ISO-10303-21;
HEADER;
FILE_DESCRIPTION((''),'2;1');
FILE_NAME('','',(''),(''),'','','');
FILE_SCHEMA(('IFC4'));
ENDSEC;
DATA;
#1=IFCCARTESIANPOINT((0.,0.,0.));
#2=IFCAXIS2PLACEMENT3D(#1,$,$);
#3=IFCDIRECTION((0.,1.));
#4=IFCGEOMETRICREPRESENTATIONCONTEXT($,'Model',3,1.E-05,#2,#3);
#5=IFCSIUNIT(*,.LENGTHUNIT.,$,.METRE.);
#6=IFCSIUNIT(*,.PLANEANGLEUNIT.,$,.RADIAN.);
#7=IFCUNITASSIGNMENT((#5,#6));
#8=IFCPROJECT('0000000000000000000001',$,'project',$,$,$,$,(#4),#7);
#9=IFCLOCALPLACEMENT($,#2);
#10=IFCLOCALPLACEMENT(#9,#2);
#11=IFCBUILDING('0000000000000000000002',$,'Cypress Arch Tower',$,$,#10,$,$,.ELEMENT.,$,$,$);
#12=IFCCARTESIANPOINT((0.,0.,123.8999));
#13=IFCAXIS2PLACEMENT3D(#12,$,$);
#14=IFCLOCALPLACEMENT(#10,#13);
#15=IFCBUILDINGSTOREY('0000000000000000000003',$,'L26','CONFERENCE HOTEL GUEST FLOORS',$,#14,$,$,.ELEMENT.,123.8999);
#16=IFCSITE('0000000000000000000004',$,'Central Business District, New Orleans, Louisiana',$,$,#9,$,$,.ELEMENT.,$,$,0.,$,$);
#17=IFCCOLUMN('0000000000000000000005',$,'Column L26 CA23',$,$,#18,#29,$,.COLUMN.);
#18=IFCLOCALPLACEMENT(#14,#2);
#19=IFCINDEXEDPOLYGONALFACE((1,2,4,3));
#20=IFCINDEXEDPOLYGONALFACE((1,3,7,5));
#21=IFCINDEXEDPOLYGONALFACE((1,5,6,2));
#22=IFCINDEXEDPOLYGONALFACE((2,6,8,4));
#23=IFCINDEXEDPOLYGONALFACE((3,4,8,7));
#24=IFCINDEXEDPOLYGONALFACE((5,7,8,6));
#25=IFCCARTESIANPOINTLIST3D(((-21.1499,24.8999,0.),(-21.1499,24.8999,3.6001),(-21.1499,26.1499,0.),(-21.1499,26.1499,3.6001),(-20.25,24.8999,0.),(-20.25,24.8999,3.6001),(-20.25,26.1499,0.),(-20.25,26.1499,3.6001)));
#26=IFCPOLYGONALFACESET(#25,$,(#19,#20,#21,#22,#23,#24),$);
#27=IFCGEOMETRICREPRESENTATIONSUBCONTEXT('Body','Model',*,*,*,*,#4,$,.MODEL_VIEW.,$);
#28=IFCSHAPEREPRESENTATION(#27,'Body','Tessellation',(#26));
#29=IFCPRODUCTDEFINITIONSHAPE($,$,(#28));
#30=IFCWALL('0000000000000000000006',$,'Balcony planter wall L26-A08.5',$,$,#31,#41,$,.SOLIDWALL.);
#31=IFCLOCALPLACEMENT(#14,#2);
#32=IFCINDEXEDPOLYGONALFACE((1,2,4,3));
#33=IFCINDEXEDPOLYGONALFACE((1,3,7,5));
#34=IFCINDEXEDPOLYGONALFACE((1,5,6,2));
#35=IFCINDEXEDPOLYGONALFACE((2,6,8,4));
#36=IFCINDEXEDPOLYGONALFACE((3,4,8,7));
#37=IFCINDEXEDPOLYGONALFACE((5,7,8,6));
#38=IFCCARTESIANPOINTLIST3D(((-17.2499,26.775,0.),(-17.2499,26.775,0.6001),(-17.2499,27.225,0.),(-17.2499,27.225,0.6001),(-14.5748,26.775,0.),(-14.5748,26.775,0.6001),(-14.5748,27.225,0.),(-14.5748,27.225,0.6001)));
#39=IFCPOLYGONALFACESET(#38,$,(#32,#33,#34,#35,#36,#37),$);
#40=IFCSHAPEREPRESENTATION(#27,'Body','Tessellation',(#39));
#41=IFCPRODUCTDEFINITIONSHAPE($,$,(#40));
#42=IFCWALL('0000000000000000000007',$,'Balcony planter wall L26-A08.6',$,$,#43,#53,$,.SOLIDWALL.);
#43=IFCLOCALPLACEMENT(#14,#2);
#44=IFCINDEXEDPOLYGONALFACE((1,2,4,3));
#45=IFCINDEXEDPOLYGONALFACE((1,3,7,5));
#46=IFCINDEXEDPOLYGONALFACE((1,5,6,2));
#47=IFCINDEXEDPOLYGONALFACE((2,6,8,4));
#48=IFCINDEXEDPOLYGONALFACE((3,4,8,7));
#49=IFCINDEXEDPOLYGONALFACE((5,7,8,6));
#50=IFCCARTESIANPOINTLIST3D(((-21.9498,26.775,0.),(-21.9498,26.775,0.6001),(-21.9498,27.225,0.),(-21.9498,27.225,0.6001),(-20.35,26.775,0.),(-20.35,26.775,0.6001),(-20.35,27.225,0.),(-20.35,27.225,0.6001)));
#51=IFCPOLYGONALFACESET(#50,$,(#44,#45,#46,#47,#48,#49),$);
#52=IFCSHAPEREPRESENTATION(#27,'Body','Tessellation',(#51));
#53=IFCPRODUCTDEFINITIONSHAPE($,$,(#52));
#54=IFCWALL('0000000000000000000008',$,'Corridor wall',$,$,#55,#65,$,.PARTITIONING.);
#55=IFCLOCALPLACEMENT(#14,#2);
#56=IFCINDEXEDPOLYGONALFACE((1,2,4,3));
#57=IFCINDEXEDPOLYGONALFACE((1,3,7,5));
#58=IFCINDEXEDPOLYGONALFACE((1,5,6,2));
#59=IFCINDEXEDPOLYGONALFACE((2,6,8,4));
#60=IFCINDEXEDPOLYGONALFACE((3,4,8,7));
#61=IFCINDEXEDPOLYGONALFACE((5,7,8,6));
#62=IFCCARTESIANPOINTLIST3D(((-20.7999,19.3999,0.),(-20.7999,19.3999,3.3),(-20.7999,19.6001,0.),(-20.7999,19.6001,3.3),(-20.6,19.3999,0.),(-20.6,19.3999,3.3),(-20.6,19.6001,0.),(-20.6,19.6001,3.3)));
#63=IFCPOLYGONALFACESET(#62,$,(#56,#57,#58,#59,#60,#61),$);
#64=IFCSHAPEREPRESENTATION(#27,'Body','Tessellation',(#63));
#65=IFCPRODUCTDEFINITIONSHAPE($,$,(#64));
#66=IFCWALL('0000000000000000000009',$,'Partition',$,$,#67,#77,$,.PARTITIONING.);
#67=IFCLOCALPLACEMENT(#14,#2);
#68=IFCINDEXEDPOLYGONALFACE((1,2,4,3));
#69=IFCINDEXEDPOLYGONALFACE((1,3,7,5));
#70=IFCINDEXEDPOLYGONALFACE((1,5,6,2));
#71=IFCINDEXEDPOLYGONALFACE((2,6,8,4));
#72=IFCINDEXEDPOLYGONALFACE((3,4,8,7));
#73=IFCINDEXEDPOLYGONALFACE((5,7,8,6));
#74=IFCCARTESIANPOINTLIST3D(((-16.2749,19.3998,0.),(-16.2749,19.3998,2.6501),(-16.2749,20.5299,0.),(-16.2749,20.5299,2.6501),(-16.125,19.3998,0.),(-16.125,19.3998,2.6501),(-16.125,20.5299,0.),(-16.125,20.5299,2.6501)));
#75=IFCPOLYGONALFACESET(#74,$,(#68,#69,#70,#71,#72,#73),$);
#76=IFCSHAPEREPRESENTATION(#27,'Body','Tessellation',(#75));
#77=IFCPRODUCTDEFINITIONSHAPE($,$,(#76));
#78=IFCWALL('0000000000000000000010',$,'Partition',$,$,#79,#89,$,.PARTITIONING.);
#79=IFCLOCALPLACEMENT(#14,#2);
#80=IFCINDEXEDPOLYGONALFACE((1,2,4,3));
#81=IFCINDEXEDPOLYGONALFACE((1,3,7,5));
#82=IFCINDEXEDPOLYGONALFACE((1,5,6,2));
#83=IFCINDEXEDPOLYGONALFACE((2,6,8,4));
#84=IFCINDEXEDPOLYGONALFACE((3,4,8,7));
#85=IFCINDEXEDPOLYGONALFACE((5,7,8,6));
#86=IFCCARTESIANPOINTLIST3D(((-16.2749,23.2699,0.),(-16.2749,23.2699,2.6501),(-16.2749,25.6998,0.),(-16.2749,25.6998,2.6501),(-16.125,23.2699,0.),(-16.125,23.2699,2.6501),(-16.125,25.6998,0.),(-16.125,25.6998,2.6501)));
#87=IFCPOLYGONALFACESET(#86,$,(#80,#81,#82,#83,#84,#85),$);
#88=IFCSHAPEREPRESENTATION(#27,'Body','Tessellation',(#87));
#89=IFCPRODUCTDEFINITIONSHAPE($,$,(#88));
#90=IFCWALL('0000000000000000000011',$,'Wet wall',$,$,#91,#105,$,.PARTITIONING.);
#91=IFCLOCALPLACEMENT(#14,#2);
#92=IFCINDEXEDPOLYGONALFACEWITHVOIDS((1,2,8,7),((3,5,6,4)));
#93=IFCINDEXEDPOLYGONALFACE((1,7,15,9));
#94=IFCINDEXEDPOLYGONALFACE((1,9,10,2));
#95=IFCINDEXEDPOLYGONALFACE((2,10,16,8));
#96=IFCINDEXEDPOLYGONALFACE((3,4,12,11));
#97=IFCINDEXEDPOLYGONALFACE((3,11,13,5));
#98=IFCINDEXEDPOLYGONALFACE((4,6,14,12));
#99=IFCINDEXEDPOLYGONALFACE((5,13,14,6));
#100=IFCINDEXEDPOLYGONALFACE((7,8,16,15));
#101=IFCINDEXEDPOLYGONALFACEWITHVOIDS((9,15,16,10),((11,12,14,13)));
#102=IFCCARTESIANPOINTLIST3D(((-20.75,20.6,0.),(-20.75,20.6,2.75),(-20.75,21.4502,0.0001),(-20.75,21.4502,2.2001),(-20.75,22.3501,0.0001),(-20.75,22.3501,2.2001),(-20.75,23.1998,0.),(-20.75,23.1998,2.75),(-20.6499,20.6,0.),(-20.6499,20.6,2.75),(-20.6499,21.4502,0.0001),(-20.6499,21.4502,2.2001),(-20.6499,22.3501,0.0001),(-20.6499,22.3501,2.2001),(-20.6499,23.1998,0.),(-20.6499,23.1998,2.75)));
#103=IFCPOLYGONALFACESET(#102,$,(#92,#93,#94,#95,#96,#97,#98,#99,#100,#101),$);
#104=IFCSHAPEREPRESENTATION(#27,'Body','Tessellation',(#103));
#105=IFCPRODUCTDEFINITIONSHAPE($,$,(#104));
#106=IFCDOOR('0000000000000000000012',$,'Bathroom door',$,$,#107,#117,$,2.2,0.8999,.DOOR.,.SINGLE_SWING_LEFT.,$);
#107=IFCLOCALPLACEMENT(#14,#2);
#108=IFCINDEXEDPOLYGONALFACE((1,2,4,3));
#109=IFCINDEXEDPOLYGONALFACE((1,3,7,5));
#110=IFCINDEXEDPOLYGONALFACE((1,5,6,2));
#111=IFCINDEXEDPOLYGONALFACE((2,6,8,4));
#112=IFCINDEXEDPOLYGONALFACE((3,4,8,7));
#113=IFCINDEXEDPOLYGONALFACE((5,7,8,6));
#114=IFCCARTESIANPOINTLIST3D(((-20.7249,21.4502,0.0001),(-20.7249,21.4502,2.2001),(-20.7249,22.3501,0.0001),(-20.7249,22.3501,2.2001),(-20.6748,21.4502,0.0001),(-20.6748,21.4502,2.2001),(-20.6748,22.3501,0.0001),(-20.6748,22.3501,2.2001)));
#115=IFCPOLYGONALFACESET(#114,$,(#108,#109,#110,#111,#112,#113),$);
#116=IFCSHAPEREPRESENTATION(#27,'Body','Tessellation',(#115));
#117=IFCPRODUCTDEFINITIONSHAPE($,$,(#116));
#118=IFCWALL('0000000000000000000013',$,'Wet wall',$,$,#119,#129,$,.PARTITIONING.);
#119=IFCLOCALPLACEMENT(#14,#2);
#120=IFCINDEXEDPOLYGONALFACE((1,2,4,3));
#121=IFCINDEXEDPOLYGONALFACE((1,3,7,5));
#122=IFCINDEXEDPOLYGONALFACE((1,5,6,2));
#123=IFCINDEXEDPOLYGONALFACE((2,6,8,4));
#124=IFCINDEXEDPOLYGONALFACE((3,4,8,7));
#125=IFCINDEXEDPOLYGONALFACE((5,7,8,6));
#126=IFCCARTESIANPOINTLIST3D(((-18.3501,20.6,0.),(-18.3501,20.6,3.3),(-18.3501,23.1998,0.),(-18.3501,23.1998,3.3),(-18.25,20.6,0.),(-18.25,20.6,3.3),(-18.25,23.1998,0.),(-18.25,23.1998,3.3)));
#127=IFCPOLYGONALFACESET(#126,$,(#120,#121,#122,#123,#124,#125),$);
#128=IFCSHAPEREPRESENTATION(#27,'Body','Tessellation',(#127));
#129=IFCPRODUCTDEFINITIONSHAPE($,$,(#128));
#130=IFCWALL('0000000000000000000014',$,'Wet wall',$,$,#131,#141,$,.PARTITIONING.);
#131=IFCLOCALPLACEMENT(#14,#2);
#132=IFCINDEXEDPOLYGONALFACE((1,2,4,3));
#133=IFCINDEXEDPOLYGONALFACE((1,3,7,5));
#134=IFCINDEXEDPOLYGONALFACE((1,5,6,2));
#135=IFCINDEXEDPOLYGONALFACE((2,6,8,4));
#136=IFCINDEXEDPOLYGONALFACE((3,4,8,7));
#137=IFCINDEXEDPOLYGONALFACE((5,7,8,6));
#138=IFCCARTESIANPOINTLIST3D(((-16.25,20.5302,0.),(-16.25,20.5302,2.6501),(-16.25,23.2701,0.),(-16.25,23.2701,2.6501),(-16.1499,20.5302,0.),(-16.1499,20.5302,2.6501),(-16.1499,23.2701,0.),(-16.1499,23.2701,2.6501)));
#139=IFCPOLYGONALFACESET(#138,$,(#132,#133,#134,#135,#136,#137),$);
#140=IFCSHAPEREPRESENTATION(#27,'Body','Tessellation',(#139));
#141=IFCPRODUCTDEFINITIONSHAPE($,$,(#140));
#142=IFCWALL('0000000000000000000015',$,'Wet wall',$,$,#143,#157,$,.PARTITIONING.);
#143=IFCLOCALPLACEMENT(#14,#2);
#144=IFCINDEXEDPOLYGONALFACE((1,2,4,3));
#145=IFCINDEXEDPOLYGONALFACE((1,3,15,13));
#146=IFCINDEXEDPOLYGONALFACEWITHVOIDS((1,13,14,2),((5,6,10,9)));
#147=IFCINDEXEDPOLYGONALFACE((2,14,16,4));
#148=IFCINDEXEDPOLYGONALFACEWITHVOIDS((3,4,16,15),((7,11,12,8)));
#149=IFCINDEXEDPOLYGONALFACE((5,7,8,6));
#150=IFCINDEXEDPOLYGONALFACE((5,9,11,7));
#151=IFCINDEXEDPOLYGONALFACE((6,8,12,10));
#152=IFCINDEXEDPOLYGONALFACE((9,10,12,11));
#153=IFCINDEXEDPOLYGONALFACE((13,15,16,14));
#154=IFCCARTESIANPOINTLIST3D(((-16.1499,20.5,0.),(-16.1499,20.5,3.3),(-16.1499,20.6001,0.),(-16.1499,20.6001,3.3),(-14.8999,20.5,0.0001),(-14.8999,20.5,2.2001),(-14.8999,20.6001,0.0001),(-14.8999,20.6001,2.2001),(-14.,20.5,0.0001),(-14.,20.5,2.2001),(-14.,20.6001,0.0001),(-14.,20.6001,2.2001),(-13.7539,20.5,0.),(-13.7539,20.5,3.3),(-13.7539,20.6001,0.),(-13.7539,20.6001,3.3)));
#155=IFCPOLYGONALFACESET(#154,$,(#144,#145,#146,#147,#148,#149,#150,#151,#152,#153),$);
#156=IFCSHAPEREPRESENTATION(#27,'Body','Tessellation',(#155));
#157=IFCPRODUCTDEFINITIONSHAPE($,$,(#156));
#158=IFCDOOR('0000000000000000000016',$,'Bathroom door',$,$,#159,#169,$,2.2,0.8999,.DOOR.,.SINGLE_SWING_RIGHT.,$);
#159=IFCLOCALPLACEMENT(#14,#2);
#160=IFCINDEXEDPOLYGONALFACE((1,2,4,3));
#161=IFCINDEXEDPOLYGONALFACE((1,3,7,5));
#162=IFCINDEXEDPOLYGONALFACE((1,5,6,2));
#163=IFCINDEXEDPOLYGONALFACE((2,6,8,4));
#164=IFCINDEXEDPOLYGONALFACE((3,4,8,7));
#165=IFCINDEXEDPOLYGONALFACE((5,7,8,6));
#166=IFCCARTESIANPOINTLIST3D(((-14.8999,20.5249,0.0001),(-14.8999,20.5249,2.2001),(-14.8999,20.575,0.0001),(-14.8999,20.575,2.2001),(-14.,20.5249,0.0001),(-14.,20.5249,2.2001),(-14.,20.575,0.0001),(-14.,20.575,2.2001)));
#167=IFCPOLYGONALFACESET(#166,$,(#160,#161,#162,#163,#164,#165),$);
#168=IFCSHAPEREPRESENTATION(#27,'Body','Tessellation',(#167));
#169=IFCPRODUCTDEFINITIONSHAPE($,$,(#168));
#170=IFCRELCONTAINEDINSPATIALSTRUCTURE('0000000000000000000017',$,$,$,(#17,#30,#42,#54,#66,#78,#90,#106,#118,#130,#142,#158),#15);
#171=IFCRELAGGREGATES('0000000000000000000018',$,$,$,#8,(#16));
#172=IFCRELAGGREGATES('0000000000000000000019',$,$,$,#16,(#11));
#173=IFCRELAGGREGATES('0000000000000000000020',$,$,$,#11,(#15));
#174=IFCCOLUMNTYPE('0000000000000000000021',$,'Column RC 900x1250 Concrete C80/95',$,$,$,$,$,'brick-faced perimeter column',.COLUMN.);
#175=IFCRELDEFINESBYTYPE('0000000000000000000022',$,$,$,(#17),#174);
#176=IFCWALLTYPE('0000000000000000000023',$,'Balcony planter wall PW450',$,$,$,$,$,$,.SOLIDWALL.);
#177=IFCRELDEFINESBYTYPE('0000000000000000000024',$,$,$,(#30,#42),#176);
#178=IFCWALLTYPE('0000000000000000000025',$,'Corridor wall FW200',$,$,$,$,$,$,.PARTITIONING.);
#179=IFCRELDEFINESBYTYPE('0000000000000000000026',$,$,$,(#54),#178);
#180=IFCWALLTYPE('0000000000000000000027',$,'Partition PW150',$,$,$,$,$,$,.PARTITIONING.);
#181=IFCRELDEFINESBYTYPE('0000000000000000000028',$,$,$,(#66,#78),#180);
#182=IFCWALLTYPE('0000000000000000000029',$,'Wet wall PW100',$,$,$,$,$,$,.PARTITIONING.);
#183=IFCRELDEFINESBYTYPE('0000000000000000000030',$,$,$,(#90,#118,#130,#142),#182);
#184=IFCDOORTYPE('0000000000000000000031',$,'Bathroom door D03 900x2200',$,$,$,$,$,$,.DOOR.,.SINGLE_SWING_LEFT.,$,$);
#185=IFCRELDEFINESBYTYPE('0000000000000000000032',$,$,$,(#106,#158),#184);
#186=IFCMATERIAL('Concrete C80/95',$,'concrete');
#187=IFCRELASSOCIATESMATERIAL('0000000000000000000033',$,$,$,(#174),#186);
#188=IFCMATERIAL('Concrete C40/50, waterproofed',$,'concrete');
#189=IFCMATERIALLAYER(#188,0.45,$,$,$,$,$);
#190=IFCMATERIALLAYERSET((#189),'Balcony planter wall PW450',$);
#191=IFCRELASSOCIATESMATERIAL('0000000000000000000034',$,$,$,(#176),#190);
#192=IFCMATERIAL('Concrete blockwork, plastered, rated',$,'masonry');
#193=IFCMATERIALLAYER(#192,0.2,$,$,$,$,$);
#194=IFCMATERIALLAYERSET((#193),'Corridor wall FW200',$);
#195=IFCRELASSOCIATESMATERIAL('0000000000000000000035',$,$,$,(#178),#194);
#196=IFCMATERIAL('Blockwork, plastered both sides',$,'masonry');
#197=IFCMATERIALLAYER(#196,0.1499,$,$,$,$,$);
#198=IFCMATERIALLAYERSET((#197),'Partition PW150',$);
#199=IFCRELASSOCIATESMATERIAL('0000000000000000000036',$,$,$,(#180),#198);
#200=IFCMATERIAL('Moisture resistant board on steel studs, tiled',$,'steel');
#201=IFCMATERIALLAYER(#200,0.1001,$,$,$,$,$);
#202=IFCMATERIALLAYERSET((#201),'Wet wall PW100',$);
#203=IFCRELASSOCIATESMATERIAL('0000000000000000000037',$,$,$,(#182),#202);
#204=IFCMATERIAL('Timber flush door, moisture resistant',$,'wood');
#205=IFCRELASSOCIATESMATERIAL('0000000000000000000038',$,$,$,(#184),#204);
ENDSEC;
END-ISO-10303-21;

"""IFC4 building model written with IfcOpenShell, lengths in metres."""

from ifc_helpers import new_model, si_unit, direction, frame, frame_2d, origin, origin_2d, place, context, subcontext, project, spatial, rectangle, extrude, material, layer, layer_set, material_profile, profile_set, type_object, element, fill, save


model = new_model("IFC4")

# Units and contexts
model_context = context("Model", 3, precision=1e-05, world=origin(), true_north=direction((0.0, 1.0)))
body_context = subcontext(model_context, "Body", "Model", "MODEL_VIEW")
ifc_project = project(units=[si_unit("LENGTHUNIT", "METRE"), si_unit("PLANEANGLEUNIT", "RADIAN")], contexts=[model_context])

# Site, building, storey
site_placement = place(None, origin())
site = spatial("IfcSite", under=ifc_project, at=site_placement, Name="Central Business District, New Orleans, Louisiana", CompositionType="ELEMENT", RefElevation=0.0)
building_placement = place(site_placement, origin())
building = spatial("IfcBuilding", under=site, at=building_placement, Name="Cypress Arch Tower", CompositionType="ELEMENT")
storey_placement = place(building_placement, frame((0.0, 0.0, 123.8999)))
storey = spatial("IfcBuildingStorey", under=building, at=storey_placement, Name="L26", Description="CONFERENCE HOTEL GUEST FLOORS", CompositionType="ELEMENT", Elevation=123.8999)

# Column
ifc_material_1 = material(Name="Concrete C80/95", Category="concrete")
ifc_material_profile = material_profile(ifc_material_1, rectangle(XDim=0.8999, YDim=1.25, at=origin_2d()), Name="RC 900x1250")
ifc_profile_set = profile_set([ifc_material_profile], Name="Concrete C80/95")
column_type = type_object("IfcColumnType", Name="Column RC 900x1250 Concrete C80/95", ElementType="brick-faced perimeter column", PredefinedType="COLUMN", material=ifc_profile_set)
column_placement = place(storey_placement, frame((-20.7, 25.5249, 0.0), z_axis=(0.0, 0.0, 1.0), x_axis=(-1.0, 0.0, 0.0)))
element("IfcColumn", 1, at=column_placement, inside=storey, type_object=column_type, Name="Column L26 CA23", PredefinedType="COLUMN", context=body_context, shape_type="SweptSolid", body=[
    extrude(rectangle(XDim=0.8999, YDim=1.25, at=origin_2d()), origin(), (0.0, 0.0, 1.0), 3.6001),
])

# Walls
ifc_material_2 = material(Name="Concrete C40/50, waterproofed", Category="concrete")
ifc_layer_1 = layer(ifc_material_2, 0.45)
ifc_layer_set_1 = layer_set([ifc_layer_1], Name="Balcony planter wall PW450")
wall_type_1 = type_object("IfcWallType", Name="Balcony planter wall PW450", PredefinedType="SOLIDWALL", material=ifc_layer_set_1)
wall_1_placement = place(storey_placement, frame((-14.575, 27.0, 0.0), z_axis=(0.0, 0.0, 1.0), x_axis=(-1.0, 0.0, 0.0)))
element("IfcWall", 2, at=wall_1_placement, inside=storey, type_object=wall_type_1, Name="Balcony planter wall L26-A08.5", PredefinedType="SOLIDWALL", context=body_context, shape_type="SweptSolid", body=[
    extrude(rectangle(XDim=2.675, YDim=0.45, at=frame_2d((1.3374, 0.0))), origin(), (0.0, 0.0, 1.0), 0.6001),
])
wall_2_placement = place(storey_placement, frame((-20.3501, 27.0, 0.0), z_axis=(0.0, 0.0, 1.0), x_axis=(-1.0, 0.0, 0.0)))
element("IfcWall", 3, at=wall_2_placement, inside=storey, type_object=wall_type_1, Name="Balcony planter wall L26-A08.6", PredefinedType="SOLIDWALL", context=body_context, shape_type="SweptSolid", body=[
    extrude(rectangle(XDim=1.5999, YDim=0.45, at=frame_2d((0.7998, 0.0))), origin(), (0.0, 0.0, 1.0), 0.6001),
])
ifc_material_3 = material(Name="Concrete blockwork, plastered, rated", Category="masonry")
ifc_layer_2 = layer(ifc_material_3, 0.2)
ifc_layer_set_2 = layer_set([ifc_layer_2], Name="Corridor wall FW200")
wall_type_2 = type_object("IfcWallType", Name="Corridor wall FW200", PredefinedType="PARTITIONING", material=ifc_layer_set_2)
wall_3_placement = place(storey_placement, frame((-20.7, 19.3999, 0.0), z_axis=(0.0, 0.0, 1.0), x_axis=(0.0, 1.0, 0.0)))
element("IfcWall", 4, at=wall_3_placement, inside=storey, type_object=wall_type_2, Name="Corridor wall", PredefinedType="PARTITIONING", context=body_context, shape_type="SweptSolid", body=[
    extrude(rectangle(XDim=0.2002, YDim=0.2, at=frame_2d((0.1001, 0.0))), origin(), (0.0, 0.0, 1.0), 3.3),
])
ifc_material_4 = material(Name="Blockwork, plastered both sides", Category="masonry")
ifc_layer_3 = layer(ifc_material_4, 0.1499)
ifc_layer_set_3 = layer_set([ifc_layer_3], Name="Partition PW150")
wall_type_3 = type_object("IfcWallType", Name="Partition PW150", PredefinedType="PARTITIONING", material=ifc_layer_set_3)
wall_4_placement = place(storey_placement, frame((-16.2, 19.3999, 0.0), z_axis=(0.0, 0.0, 1.0), x_axis=(0.0, 1.0, 0.0)))
element("IfcWall", 5, at=wall_4_placement, inside=storey, type_object=wall_type_3, Name="Partition", PredefinedType="PARTITIONING", context=body_context, shape_type="SweptSolid", body=[
    extrude(rectangle(XDim=1.1301, YDim=0.1499, at=frame_2d((0.5649, 0.0))), origin(), (0.0, 0.0, 1.0), 2.6501),
])
wall_5_placement = place(storey_placement, frame((-16.2, 23.27, 0.0), z_axis=(0.0, 0.0, 1.0), x_axis=(0.0, 1.0, 0.0)))
element("IfcWall", 6, at=wall_5_placement, inside=storey, type_object=wall_type_3, Name="Partition", PredefinedType="PARTITIONING", context=body_context, shape_type="SweptSolid", body=[
    extrude(rectangle(XDim=2.4299, YDim=0.1499, at=frame_2d((1.2148, 0.0))), origin(), (0.0, 0.0, 1.0), 2.6501),
])

# Wall, opening, door
ifc_material_5 = material(Name="Moisture resistant board on steel studs, tiled", Category="steel")
ifc_layer_4 = layer(ifc_material_5, 0.1001)
ifc_layer_set_4 = layer_set([ifc_layer_4], Name="Wet wall PW100")
wall_type_4 = type_object("IfcWallType", Name="Wet wall PW100", PredefinedType="PARTITIONING", material=ifc_layer_set_4)
wall_6_placement = place(storey_placement, frame((-20.7, 20.6001, 0.0), z_axis=(0.0, 0.0, 1.0), x_axis=(0.0, 1.0, 0.0)))
wall_6 = element("IfcWall", 7, at=wall_6_placement, inside=storey, type_object=wall_type_4, Name="Wet wall", PredefinedType="PARTITIONING", context=body_context, shape_type="SweptSolid", body=[
    extrude(rectangle(XDim=2.5999, YDim=0.1001, at=frame_2d((1.2998, 0.0))), origin(), (0.0, 0.0, 1.0), 2.75),
])
opening_1_placement = place(wall_6_placement, frame((0.8501, 0.0, 0.0)))
opening_1 = element("IfcOpeningElement", 8, at=opening_1_placement, cuts=wall_6, PredefinedType="OPENING", context=body_context, shape_type="SweptSolid", body=[
    extrude(rectangle(XDim=0.8999, YDim=2.2, at=frame_2d((0.45, 1.1001))), frame((0.0, 0.0601, 0.0), z_axis=(0.0, -1.0, 0.0), x_axis=(1.0, 0.0, 0.0)), (0.0, 0.0, 1.0), 0.1201),
])
ifc_material_6 = material(Name="Timber flush door, moisture resistant", Category="wood")
door_type = type_object("IfcDoorType", Name="Bathroom door D03 900x2200", OperationType="SINGLE_SWING_LEFT", PredefinedType="DOOR", material=ifc_material_6)
door_1_placement = place(opening_1_placement, origin())
door_1 = element("IfcDoor", 9, at=door_1_placement, inside=storey, type_object=door_type, Name="Bathroom door", OperationType="SINGLE_SWING_LEFT", OverallHeight=2.2, OverallWidth=0.8999, PredefinedType="DOOR", context=body_context, shape_type="SweptSolid", body=[
    extrude(rectangle(XDim=0.8999, YDim=2.2, at=frame_2d((0.45, 1.1001))), frame((0.0, 0.0249, 0.0), z_axis=(0.0, -1.0, 0.0), x_axis=(1.0, 0.0, 0.0)), (0.0, 0.0, 1.0), 0.05),
])
fill(opening_1, door_1)

# Walls
wall_7_placement = place(storey_placement, frame((-18.3, 20.6001, 0.0), z_axis=(0.0, 0.0, 1.0), x_axis=(0.0, 1.0, 0.0)))
element("IfcWall", 10, at=wall_7_placement, inside=storey, type_object=wall_type_4, Name="Wet wall", PredefinedType="PARTITIONING", context=body_context, shape_type="SweptSolid", body=[
    extrude(rectangle(XDim=2.5999, YDim=0.1001, at=frame_2d((1.2998, 0.0))), origin(), (0.0, 0.0, 1.0), 3.3),
])
wall_8_placement = place(storey_placement, frame((-16.2, 20.53, 0.0), z_axis=(0.0, 0.0, 1.0), x_axis=(0.0, 1.0, 0.0)))
element("IfcWall", 11, at=wall_8_placement, inside=storey, type_object=wall_type_4, Name="Wet wall", PredefinedType="PARTITIONING", context=body_context, shape_type="SweptSolid", body=[
    extrude(rectangle(XDim=2.74, YDim=0.1001, at=frame_2d((1.3701, 0.0))), origin(), (0.0, 0.0, 1.0), 2.6501),
])

# Wall, opening, door
wall_9_placement = place(storey_placement, frame((-16.1499, 20.55, 0.0), z_axis=(0.0, 0.0, 1.0), x_axis=(1.0, 0.0, 0.0)))
wall_9 = element("IfcWall", 12, at=wall_9_placement, inside=storey, type_object=wall_type_4, Name="Wet wall", PredefinedType="PARTITIONING", context=body_context, shape_type="SweptSolid", body=[
    extrude(rectangle(XDim=2.396, YDim=0.1001, at=frame_2d((1.198, 0.0))), origin(), (0.0, 0.0, 1.0), 3.3),
])
opening_2_placement = place(wall_9_placement, frame((1.25, 0.0, 0.0)))
opening_2 = element("IfcOpeningElement", 13, at=opening_2_placement, cuts=wall_9, PredefinedType="OPENING", context=body_context, shape_type="SweptSolid", body=[
    extrude(rectangle(XDim=0.8999, YDim=2.2, at=frame_2d((0.45, 1.1001))), frame((0.0, 0.0601, 0.0), z_axis=(0.0, -1.0, 0.0), x_axis=(1.0, 0.0, 0.0)), (0.0, 0.0, 1.0), 0.1201),
])
door_2_placement = place(opening_2_placement, origin())
door_2 = element("IfcDoor", 14, at=door_2_placement, inside=storey, type_object=door_type, Name="Bathroom door", OperationType="SINGLE_SWING_RIGHT", OverallHeight=2.2, OverallWidth=0.8999, PredefinedType="DOOR", context=body_context, shape_type="SweptSolid", body=[
    extrude(rectangle(XDim=0.8999, YDim=2.2, at=frame_2d((0.45, 1.1001))), frame((0.0, 0.0249, 0.0), z_axis=(0.0, -1.0, 0.0), x_axis=(1.0, 0.0, 0.0)), (0.0, 0.0, 1.0), 0.05),
])
fill(opening_2, door_2)

save(model, "model.ifc")
